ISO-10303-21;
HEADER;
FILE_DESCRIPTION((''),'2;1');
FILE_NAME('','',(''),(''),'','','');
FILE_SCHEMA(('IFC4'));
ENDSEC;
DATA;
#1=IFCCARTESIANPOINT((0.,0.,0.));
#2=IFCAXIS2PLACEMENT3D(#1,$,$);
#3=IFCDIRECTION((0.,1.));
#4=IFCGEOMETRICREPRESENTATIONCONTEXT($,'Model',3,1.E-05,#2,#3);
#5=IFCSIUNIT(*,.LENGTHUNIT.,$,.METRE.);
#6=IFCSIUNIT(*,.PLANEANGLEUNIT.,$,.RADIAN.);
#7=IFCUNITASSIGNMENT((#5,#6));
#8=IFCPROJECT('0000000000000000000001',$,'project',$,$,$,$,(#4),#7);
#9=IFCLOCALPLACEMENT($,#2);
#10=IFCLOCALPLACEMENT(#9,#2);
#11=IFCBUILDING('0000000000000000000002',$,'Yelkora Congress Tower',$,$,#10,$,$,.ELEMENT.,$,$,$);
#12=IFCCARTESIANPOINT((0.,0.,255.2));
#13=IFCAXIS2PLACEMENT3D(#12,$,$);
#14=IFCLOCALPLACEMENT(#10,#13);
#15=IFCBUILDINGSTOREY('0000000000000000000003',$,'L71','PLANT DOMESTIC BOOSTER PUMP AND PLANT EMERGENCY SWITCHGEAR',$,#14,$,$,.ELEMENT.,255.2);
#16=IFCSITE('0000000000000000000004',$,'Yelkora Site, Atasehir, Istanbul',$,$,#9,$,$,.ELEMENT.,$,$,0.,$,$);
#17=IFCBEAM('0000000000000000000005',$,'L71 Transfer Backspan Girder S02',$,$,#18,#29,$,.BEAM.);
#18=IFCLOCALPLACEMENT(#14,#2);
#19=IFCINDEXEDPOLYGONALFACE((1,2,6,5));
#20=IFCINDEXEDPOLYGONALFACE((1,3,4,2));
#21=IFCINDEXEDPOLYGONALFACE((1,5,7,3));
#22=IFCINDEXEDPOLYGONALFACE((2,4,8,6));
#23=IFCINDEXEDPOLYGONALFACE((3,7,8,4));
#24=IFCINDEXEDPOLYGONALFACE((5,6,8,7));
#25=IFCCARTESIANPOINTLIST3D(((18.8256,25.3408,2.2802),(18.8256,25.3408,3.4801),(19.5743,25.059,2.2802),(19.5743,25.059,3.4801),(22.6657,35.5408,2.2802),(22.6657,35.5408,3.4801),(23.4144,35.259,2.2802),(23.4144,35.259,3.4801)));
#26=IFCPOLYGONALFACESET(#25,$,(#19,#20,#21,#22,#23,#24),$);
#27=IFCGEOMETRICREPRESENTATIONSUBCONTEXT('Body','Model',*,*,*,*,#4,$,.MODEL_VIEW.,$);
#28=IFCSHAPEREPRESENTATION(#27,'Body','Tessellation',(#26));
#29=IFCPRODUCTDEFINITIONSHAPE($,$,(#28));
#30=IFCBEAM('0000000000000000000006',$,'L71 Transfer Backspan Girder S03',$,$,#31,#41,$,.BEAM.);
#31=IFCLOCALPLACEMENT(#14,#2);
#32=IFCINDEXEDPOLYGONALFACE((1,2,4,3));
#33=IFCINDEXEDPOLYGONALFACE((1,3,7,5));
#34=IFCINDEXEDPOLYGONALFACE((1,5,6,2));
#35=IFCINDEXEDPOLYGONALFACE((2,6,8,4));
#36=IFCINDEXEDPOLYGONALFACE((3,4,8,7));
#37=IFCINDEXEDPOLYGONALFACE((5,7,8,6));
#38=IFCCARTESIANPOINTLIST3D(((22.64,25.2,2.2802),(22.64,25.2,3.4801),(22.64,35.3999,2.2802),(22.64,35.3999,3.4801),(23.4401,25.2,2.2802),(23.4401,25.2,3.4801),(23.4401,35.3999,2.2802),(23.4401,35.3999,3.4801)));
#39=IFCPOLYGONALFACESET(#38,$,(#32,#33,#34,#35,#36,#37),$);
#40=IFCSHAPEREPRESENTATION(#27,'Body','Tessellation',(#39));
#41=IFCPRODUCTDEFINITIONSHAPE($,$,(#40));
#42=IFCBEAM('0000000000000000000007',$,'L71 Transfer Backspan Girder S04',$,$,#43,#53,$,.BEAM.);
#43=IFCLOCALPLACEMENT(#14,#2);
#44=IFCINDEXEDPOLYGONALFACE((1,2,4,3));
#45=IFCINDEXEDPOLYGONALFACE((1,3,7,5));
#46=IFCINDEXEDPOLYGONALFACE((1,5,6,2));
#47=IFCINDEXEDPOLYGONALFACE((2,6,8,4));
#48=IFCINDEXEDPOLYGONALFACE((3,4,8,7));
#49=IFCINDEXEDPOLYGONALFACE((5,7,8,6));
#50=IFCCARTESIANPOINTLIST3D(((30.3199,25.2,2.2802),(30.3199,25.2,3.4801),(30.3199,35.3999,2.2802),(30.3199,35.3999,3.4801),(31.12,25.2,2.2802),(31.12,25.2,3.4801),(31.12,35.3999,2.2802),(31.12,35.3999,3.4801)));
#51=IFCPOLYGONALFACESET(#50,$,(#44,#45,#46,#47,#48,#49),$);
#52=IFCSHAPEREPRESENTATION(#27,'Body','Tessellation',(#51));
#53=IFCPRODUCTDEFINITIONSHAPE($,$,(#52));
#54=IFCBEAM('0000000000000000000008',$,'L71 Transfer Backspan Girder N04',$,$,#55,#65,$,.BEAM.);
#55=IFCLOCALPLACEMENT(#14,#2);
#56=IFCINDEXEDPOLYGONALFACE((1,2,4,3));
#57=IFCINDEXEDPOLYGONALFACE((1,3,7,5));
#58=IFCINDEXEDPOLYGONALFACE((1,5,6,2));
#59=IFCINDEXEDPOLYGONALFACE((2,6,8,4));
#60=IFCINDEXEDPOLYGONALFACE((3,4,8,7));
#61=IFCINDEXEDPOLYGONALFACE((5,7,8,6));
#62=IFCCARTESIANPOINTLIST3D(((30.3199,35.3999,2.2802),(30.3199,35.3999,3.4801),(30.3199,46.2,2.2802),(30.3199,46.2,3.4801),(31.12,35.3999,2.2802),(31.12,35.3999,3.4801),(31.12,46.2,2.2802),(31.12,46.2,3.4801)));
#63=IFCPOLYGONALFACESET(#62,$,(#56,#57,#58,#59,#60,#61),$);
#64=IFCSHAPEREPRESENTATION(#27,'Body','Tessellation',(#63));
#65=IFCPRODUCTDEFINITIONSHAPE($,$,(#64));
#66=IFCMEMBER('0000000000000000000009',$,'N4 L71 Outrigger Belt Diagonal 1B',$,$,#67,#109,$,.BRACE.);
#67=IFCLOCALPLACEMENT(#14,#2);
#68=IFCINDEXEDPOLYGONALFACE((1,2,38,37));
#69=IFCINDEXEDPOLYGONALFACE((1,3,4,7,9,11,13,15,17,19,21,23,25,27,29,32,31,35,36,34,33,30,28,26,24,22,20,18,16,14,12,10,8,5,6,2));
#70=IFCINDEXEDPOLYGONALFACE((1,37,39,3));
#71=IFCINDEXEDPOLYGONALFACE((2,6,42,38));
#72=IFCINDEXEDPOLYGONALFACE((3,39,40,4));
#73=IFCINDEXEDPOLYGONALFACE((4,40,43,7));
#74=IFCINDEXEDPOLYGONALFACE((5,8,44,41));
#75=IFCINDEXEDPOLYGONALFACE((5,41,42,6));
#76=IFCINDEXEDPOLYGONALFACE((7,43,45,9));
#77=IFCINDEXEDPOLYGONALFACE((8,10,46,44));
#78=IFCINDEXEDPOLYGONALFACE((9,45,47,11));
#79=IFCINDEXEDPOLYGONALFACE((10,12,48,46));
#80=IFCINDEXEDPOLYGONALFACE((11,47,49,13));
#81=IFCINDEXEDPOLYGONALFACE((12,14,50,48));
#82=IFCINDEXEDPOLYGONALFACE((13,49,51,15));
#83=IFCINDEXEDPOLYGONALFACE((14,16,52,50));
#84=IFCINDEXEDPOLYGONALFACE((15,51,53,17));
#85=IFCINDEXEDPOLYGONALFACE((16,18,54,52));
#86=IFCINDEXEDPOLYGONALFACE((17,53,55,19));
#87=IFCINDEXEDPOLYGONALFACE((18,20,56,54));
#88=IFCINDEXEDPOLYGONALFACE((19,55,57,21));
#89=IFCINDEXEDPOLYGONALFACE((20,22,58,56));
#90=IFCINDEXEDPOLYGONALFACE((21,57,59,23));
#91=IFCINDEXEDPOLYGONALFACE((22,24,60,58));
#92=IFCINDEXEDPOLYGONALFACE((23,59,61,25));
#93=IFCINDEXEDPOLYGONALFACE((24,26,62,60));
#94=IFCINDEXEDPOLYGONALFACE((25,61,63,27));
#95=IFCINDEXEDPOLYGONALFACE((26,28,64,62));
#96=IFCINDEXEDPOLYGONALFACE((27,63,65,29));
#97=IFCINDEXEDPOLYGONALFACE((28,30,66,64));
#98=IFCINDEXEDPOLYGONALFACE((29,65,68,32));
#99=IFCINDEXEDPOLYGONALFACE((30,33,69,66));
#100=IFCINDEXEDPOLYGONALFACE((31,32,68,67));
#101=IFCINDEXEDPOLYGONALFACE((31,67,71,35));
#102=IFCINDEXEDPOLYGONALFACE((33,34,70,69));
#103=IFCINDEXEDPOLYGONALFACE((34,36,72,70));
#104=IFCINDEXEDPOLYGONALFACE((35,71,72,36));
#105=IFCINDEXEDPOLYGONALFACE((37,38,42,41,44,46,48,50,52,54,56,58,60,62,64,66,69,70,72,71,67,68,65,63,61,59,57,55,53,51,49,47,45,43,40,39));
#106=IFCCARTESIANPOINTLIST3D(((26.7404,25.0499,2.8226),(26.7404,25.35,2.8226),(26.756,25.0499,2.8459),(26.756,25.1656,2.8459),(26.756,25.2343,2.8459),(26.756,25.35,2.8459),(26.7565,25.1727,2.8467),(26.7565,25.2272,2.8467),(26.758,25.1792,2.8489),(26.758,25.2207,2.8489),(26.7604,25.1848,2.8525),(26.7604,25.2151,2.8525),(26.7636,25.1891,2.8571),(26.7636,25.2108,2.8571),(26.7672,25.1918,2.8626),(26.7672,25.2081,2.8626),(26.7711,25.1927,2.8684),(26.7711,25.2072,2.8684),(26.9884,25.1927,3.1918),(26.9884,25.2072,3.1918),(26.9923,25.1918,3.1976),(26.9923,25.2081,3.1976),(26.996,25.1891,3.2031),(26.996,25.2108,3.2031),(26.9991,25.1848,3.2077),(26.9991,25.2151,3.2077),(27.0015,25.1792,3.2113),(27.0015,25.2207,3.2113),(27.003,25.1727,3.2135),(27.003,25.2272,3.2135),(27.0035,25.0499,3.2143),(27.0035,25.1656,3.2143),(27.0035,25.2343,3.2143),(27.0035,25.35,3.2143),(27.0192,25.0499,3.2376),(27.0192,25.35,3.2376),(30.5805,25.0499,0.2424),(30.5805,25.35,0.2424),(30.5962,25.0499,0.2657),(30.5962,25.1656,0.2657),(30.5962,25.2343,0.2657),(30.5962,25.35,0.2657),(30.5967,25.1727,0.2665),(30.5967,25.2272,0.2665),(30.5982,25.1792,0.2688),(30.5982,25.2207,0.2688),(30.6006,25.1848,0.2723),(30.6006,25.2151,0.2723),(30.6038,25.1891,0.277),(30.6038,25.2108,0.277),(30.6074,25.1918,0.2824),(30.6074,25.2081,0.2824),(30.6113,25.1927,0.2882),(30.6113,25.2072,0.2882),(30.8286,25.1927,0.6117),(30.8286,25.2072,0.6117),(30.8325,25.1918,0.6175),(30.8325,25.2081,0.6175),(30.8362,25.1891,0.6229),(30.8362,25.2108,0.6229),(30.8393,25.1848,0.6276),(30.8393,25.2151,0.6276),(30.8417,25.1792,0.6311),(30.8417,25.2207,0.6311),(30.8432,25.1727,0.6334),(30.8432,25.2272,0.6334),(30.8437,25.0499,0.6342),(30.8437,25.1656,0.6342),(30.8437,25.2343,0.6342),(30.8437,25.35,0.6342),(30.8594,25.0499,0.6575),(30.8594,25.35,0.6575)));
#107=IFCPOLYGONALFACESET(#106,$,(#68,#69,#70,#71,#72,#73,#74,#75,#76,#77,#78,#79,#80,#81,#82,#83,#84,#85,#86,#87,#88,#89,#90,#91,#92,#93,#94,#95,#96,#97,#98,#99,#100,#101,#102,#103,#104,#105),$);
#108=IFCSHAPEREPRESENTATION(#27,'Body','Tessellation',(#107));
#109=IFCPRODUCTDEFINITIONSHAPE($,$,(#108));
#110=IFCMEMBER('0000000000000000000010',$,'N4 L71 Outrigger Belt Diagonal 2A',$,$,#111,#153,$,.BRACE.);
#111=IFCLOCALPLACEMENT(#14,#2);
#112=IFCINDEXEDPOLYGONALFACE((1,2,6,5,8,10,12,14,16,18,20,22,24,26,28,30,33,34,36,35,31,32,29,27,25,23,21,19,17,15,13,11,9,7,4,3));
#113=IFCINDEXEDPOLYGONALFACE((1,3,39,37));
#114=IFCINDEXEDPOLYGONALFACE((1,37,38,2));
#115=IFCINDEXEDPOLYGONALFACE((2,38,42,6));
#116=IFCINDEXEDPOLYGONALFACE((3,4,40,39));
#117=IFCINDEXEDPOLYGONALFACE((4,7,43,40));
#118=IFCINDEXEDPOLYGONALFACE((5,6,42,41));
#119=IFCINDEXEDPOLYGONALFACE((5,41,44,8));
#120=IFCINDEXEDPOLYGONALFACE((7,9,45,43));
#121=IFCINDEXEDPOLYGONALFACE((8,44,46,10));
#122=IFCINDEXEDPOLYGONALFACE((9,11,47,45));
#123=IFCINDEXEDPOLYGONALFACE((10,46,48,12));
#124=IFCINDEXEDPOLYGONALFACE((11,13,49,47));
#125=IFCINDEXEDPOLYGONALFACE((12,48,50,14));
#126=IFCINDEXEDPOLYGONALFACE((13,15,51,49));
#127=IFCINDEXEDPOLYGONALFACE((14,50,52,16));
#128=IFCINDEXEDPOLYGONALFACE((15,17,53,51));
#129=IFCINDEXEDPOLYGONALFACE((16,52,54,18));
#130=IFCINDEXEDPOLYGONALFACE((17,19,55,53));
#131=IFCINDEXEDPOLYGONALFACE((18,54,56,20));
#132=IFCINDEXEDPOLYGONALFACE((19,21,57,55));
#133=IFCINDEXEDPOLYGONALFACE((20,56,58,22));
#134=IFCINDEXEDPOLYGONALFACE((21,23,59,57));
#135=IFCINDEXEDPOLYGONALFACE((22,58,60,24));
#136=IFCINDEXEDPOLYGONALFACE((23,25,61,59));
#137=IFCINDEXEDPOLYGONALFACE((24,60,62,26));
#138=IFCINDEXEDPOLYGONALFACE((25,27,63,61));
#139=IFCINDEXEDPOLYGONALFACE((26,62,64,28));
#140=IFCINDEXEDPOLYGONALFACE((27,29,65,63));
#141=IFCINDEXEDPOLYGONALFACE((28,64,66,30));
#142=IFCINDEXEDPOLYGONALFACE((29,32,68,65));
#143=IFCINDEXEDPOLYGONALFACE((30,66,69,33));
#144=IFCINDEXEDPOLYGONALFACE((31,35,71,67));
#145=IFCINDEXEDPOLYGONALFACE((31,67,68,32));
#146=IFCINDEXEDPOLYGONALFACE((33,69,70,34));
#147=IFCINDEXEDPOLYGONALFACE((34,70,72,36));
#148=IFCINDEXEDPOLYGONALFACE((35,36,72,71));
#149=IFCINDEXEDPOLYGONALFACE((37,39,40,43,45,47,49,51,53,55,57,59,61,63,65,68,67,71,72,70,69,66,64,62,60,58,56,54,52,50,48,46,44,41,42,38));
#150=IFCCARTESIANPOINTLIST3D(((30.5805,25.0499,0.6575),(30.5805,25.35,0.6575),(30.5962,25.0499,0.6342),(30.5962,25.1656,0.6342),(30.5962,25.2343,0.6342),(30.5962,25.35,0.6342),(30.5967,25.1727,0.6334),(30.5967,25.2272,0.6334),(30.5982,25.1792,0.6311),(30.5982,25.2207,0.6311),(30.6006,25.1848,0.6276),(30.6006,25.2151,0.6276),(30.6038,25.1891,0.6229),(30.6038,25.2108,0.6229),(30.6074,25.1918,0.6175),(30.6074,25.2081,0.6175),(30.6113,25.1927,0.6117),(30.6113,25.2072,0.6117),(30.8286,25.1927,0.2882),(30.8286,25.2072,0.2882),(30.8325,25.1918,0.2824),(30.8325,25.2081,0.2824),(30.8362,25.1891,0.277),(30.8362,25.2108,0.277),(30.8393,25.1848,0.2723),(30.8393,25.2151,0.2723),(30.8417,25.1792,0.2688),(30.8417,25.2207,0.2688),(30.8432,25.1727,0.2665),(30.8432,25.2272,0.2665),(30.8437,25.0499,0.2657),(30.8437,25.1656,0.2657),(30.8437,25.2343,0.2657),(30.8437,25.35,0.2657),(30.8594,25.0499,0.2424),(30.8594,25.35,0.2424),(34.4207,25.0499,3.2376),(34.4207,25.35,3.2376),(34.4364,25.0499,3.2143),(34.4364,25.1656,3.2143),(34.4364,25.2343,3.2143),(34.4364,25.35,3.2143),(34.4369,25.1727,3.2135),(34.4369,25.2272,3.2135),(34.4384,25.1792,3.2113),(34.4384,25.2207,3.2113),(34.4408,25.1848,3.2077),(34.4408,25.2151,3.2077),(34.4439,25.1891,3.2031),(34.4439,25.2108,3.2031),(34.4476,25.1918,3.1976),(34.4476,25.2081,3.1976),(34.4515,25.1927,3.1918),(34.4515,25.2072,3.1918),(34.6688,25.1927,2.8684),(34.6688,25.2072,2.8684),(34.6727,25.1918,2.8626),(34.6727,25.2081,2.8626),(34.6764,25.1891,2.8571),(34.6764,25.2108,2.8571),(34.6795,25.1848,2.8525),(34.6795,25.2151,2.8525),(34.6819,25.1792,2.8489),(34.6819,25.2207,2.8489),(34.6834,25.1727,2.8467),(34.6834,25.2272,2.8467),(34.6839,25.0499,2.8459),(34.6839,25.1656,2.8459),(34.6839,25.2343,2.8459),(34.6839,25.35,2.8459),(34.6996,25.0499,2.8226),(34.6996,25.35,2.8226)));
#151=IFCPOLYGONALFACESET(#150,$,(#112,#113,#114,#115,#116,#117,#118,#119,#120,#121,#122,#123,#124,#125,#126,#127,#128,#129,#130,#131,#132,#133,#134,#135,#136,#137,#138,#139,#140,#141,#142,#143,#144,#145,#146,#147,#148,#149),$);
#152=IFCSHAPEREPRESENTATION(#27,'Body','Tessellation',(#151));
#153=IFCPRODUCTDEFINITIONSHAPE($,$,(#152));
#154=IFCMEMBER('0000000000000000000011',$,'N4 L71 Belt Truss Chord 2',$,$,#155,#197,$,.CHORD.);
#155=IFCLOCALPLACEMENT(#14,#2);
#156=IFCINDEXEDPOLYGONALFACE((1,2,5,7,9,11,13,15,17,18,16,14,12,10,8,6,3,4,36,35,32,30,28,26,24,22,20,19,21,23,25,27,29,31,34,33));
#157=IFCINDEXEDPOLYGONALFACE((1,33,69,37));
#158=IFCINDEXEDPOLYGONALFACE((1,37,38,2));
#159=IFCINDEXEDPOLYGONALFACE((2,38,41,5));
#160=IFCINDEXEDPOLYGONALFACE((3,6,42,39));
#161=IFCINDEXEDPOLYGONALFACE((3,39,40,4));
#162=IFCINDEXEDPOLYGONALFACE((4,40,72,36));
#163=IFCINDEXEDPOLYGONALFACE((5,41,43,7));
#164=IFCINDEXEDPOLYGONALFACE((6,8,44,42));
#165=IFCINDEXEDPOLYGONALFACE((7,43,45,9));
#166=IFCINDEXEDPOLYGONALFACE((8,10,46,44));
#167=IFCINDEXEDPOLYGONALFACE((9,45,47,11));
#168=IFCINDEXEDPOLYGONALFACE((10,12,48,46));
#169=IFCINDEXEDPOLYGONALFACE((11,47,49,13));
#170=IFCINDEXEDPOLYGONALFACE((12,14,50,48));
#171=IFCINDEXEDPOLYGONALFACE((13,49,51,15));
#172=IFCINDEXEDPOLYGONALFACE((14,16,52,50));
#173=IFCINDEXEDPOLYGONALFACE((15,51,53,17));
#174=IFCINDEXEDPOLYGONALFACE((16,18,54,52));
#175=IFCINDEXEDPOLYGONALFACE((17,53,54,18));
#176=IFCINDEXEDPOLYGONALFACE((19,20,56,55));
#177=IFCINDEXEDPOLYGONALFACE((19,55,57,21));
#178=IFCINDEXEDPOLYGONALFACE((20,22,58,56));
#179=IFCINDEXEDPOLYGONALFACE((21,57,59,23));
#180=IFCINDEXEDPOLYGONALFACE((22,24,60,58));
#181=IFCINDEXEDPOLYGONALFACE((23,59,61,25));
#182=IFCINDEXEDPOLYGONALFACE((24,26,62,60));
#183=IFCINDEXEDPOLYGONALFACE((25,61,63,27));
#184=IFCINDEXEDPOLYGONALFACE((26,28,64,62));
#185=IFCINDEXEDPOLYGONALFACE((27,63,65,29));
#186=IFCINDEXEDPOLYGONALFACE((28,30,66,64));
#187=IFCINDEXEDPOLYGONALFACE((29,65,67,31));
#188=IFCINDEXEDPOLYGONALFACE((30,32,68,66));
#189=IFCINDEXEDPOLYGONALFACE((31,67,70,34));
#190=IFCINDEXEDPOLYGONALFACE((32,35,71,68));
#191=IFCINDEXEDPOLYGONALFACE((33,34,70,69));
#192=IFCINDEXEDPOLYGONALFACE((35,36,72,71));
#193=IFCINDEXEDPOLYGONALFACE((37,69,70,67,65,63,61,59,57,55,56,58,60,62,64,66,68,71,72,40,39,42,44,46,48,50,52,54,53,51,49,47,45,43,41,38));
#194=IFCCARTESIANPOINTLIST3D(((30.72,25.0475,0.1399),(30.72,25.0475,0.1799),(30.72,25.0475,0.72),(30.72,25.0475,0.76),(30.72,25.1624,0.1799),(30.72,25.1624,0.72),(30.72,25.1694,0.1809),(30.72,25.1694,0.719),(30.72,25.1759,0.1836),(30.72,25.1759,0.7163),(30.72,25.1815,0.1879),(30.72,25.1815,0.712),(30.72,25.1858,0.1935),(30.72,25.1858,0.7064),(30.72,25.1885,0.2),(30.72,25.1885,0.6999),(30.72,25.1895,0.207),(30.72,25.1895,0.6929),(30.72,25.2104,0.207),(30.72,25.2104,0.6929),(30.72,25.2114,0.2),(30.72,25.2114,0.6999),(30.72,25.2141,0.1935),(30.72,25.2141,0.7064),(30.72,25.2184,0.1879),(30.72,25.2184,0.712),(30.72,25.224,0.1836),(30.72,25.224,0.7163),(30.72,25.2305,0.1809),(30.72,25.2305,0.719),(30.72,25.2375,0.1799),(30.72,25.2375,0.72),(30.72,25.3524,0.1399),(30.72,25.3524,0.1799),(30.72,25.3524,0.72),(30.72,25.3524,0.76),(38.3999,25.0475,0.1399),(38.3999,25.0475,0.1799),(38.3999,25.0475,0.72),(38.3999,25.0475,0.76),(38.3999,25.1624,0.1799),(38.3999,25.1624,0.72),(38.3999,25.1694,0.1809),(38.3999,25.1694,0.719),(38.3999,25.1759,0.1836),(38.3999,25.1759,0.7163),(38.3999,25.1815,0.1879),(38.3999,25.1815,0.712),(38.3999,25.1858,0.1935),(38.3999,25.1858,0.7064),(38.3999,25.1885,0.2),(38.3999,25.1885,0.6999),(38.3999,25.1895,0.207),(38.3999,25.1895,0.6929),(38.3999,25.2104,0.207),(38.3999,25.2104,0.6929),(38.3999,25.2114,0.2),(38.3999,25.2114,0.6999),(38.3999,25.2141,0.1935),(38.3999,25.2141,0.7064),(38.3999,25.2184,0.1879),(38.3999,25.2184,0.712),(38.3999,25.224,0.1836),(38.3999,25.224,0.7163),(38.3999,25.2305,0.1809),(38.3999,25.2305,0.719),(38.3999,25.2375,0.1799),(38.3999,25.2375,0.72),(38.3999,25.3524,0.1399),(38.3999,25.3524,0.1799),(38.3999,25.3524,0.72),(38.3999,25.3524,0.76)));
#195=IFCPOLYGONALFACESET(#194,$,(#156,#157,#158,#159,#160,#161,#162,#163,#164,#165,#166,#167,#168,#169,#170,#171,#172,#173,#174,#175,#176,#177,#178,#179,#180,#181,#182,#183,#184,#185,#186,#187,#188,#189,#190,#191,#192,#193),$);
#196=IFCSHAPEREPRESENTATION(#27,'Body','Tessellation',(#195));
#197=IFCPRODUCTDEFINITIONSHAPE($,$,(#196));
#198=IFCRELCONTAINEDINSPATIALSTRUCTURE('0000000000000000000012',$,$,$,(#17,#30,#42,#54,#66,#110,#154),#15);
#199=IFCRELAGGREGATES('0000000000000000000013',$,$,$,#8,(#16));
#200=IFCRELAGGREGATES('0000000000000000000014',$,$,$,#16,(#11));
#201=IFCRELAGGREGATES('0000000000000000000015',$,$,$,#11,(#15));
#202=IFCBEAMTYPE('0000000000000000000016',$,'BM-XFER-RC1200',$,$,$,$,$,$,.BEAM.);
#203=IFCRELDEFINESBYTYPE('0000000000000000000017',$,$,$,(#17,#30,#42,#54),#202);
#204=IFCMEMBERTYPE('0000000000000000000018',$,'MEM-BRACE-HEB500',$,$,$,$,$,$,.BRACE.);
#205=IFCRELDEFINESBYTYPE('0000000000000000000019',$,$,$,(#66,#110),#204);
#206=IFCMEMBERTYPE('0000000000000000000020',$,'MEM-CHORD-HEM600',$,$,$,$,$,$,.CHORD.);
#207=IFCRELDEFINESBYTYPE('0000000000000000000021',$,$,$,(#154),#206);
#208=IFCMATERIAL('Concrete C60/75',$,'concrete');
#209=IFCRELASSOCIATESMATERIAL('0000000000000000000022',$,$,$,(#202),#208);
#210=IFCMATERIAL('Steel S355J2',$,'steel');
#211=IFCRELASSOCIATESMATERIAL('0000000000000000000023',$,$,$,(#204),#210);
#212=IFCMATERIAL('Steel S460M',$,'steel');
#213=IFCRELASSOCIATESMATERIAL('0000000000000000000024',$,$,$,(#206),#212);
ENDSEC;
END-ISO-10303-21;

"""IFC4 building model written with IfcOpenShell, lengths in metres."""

from ifc_helpers import new_model, si_unit, direction, frame, origin, origin_2d, place, context, subcontext, project, spatial, rectangle, i_section, extrude, material, material_profile, profile_set, type_object, element, save


model = new_model("IFC4")

# Units and contexts
model_context = context("Model", 3, precision=1e-05, world=origin(), true_north=direction((0.0, 1.0)))
body_context = subcontext(model_context, "Body", "Model", "MODEL_VIEW")
ifc_project = project(units=[si_unit("LENGTHUNIT", "METRE"), si_unit("PLANEANGLEUNIT", "RADIAN")], contexts=[model_context])

# Site, building, storey
site_placement = place(None, origin())
site = spatial("IfcSite", under=ifc_project, at=site_placement, Name="Yelkora Site, Atasehir, Istanbul", CompositionType="ELEMENT", RefElevation=0.0)
building_placement = place(site_placement, origin())
building = spatial("IfcBuilding", under=site, at=building_placement, Name="Yelkora Congress Tower", CompositionType="ELEMENT")
storey_placement = place(building_placement, frame((0.0, 0.0, 255.2)))
storey = spatial("IfcBuildingStorey", under=building, at=storey_placement, Name="L71", Description="PLANT DOMESTIC BOOSTER PUMP AND PLANT EMERGENCY SWITCHGEAR", CompositionType="ELEMENT", Elevation=255.2)

# Shared definitions
ifc_material_1 = material(Name="Steel S460M", Category="steel")

# Beams
ifc_material_2 = material(Name="Concrete C60/75", Category="concrete")
ifc_material_profile_1 = material_profile(ifc_material_2, rectangle(XDim=0.8, YDim=1.2, at=origin_2d()), Name="RC 800x1200")
ifc_profile_set_1 = profile_set([ifc_material_profile_1], Name="Concrete C60/75")
beam_type_1 = type_object("IfcBeamType", Name="BM-XFER-RC1200", PredefinedType="BEAM", material=ifc_profile_set_1)
beam_1_placement = place(storey_placement, frame((23.04, 35.3999, 2.8801), z_axis=(-0.352338, -0.935873, 0.0), x_axis=(0.935873, -0.352338, 0.0)))
element("IfcBeam", 1, at=beam_1_placement, inside=storey, type_object=beam_type_1, Name="L71 Transfer Backspan Girder S02", PredefinedType="BEAM", context=body_context, shape_type="SweptSolid", body=[
    extrude(rectangle(XDim=0.8, YDim=1.2, at=origin_2d()), origin(), (0.0, 0.0, 1.0), 10.8989),
])
for number, where, z_axis, x_axis, name in (
    (2, (23.04, 35.3999, 2.8801), (0.0, -1.0, 0.0), (1.0, 0.0, 0.0), "L71 Transfer Backspan Girder S03"),
    (3, (30.72, 35.3999, 2.8801), (0.0, -1.0, 0.0), (1.0, 0.0, 0.0), "L71 Transfer Backspan Girder S04"),
):
    element("IfcBeam", number, at=place(storey_placement, frame(where, z_axis=z_axis, x_axis=x_axis)), inside=storey, type_object=beam_type_1, Name=name, PredefinedType="BEAM", context=body_context, shape_type="SweptSolid", body=[
        extrude(rectangle(XDim=0.8, YDim=1.2, at=origin_2d()), origin(), (0.0, 0.0, 1.0), 10.2),
    ])
beam_2_placement = place(storey_placement, frame((30.72, 35.3999, 2.8801), z_axis=(0.0, 1.0, 0.0), x_axis=(-1.0, 0.0, 0.0)))
element("IfcBeam", 4, at=beam_2_placement, inside=storey, type_object=beam_type_1, Name="L71 Transfer Backspan Girder N04", PredefinedType="BEAM", context=body_context, shape_type="SweptSolid", body=[
    extrude(rectangle(XDim=0.8, YDim=1.2, at=origin_2d()), origin(), (0.0, 0.0, 1.0), 10.8),
])

# Members
ifc_material_3 = material(Name="Steel S355J2", Category="steel")
ifc_material_profile_2 = material_profile(ifc_material_3, i_section(OverallWidth=0.3, OverallDepth=0.5, WebThickness=0.0144, FlangeThickness=0.0281, FilletRadius=0.0271, at=origin_2d()), Name="HEB 500")
ifc_profile_set_2 = profile_set([ifc_material_profile_2], Name="Steel S355J2")
member_type_1 = type_object("IfcMemberType", Name="MEM-BRACE-HEB500", PredefinedType="BRACE", material=ifc_profile_set_2)
for number, where, z_axis, x_axis, name in (
    (5, (30.72, 25.2, 0.45), (-0.830048, 0.0, 0.557692), (0.0, -1.0, 0.0), "N4 L71 Outrigger Belt Diagonal 1B"),
    (6, (30.72, 25.2, 0.45), (0.830048, 0.0, 0.557692), (0.0, 1.0, 0.0), "N4 L71 Outrigger Belt Diagonal 2A"),
):
    element("IfcMember", number, at=place(storey_placement, frame(where, z_axis=z_axis, x_axis=x_axis)), inside=storey, type_object=member_type_1, Name=name, PredefinedType="BRACE", context=body_context, shape_type="SweptSolid", body=[
        extrude(i_section(OverallWidth=0.3, OverallDepth=0.5, WebThickness=0.0144, FlangeThickness=0.0281, FilletRadius=0.0271, at=origin_2d()), origin(), (0.0, 0.0, 1.0), 4.6265),
    ])
ifc_material_profile_3 = material_profile(ifc_material_1, i_section(OverallWidth=0.3049, OverallDepth=0.6201, WebThickness=0.021, FlangeThickness=0.04, FilletRadius=0.0271, at=origin_2d()), Name="HEM 600")
ifc_profile_set_3 = profile_set([ifc_material_profile_3], Name="Steel S460M")
member_type_2 = type_object("IfcMemberType", Name="MEM-CHORD-HEM600", PredefinedType="CHORD", material=ifc_profile_set_3)
member_placement = place(storey_placement, frame((30.72, 25.2, 0.45), z_axis=(1.0, 0.0, 0.0), x_axis=(0.0, 1.0, 0.0)))
element("IfcMember", 7, at=member_placement, inside=storey, type_object=member_type_2, Name="N4 L71 Belt Truss Chord 2", PredefinedType="CHORD", context=body_context, shape_type="SweptSolid", body=[
    extrude(i_section(OverallWidth=0.3049, OverallDepth=0.6201, WebThickness=0.021, FlangeThickness=0.04, FilletRadius=0.0271, at=origin_2d()), origin(), (0.0, 0.0, 1.0), 7.6799),
])

save(model, "model.ifc")
